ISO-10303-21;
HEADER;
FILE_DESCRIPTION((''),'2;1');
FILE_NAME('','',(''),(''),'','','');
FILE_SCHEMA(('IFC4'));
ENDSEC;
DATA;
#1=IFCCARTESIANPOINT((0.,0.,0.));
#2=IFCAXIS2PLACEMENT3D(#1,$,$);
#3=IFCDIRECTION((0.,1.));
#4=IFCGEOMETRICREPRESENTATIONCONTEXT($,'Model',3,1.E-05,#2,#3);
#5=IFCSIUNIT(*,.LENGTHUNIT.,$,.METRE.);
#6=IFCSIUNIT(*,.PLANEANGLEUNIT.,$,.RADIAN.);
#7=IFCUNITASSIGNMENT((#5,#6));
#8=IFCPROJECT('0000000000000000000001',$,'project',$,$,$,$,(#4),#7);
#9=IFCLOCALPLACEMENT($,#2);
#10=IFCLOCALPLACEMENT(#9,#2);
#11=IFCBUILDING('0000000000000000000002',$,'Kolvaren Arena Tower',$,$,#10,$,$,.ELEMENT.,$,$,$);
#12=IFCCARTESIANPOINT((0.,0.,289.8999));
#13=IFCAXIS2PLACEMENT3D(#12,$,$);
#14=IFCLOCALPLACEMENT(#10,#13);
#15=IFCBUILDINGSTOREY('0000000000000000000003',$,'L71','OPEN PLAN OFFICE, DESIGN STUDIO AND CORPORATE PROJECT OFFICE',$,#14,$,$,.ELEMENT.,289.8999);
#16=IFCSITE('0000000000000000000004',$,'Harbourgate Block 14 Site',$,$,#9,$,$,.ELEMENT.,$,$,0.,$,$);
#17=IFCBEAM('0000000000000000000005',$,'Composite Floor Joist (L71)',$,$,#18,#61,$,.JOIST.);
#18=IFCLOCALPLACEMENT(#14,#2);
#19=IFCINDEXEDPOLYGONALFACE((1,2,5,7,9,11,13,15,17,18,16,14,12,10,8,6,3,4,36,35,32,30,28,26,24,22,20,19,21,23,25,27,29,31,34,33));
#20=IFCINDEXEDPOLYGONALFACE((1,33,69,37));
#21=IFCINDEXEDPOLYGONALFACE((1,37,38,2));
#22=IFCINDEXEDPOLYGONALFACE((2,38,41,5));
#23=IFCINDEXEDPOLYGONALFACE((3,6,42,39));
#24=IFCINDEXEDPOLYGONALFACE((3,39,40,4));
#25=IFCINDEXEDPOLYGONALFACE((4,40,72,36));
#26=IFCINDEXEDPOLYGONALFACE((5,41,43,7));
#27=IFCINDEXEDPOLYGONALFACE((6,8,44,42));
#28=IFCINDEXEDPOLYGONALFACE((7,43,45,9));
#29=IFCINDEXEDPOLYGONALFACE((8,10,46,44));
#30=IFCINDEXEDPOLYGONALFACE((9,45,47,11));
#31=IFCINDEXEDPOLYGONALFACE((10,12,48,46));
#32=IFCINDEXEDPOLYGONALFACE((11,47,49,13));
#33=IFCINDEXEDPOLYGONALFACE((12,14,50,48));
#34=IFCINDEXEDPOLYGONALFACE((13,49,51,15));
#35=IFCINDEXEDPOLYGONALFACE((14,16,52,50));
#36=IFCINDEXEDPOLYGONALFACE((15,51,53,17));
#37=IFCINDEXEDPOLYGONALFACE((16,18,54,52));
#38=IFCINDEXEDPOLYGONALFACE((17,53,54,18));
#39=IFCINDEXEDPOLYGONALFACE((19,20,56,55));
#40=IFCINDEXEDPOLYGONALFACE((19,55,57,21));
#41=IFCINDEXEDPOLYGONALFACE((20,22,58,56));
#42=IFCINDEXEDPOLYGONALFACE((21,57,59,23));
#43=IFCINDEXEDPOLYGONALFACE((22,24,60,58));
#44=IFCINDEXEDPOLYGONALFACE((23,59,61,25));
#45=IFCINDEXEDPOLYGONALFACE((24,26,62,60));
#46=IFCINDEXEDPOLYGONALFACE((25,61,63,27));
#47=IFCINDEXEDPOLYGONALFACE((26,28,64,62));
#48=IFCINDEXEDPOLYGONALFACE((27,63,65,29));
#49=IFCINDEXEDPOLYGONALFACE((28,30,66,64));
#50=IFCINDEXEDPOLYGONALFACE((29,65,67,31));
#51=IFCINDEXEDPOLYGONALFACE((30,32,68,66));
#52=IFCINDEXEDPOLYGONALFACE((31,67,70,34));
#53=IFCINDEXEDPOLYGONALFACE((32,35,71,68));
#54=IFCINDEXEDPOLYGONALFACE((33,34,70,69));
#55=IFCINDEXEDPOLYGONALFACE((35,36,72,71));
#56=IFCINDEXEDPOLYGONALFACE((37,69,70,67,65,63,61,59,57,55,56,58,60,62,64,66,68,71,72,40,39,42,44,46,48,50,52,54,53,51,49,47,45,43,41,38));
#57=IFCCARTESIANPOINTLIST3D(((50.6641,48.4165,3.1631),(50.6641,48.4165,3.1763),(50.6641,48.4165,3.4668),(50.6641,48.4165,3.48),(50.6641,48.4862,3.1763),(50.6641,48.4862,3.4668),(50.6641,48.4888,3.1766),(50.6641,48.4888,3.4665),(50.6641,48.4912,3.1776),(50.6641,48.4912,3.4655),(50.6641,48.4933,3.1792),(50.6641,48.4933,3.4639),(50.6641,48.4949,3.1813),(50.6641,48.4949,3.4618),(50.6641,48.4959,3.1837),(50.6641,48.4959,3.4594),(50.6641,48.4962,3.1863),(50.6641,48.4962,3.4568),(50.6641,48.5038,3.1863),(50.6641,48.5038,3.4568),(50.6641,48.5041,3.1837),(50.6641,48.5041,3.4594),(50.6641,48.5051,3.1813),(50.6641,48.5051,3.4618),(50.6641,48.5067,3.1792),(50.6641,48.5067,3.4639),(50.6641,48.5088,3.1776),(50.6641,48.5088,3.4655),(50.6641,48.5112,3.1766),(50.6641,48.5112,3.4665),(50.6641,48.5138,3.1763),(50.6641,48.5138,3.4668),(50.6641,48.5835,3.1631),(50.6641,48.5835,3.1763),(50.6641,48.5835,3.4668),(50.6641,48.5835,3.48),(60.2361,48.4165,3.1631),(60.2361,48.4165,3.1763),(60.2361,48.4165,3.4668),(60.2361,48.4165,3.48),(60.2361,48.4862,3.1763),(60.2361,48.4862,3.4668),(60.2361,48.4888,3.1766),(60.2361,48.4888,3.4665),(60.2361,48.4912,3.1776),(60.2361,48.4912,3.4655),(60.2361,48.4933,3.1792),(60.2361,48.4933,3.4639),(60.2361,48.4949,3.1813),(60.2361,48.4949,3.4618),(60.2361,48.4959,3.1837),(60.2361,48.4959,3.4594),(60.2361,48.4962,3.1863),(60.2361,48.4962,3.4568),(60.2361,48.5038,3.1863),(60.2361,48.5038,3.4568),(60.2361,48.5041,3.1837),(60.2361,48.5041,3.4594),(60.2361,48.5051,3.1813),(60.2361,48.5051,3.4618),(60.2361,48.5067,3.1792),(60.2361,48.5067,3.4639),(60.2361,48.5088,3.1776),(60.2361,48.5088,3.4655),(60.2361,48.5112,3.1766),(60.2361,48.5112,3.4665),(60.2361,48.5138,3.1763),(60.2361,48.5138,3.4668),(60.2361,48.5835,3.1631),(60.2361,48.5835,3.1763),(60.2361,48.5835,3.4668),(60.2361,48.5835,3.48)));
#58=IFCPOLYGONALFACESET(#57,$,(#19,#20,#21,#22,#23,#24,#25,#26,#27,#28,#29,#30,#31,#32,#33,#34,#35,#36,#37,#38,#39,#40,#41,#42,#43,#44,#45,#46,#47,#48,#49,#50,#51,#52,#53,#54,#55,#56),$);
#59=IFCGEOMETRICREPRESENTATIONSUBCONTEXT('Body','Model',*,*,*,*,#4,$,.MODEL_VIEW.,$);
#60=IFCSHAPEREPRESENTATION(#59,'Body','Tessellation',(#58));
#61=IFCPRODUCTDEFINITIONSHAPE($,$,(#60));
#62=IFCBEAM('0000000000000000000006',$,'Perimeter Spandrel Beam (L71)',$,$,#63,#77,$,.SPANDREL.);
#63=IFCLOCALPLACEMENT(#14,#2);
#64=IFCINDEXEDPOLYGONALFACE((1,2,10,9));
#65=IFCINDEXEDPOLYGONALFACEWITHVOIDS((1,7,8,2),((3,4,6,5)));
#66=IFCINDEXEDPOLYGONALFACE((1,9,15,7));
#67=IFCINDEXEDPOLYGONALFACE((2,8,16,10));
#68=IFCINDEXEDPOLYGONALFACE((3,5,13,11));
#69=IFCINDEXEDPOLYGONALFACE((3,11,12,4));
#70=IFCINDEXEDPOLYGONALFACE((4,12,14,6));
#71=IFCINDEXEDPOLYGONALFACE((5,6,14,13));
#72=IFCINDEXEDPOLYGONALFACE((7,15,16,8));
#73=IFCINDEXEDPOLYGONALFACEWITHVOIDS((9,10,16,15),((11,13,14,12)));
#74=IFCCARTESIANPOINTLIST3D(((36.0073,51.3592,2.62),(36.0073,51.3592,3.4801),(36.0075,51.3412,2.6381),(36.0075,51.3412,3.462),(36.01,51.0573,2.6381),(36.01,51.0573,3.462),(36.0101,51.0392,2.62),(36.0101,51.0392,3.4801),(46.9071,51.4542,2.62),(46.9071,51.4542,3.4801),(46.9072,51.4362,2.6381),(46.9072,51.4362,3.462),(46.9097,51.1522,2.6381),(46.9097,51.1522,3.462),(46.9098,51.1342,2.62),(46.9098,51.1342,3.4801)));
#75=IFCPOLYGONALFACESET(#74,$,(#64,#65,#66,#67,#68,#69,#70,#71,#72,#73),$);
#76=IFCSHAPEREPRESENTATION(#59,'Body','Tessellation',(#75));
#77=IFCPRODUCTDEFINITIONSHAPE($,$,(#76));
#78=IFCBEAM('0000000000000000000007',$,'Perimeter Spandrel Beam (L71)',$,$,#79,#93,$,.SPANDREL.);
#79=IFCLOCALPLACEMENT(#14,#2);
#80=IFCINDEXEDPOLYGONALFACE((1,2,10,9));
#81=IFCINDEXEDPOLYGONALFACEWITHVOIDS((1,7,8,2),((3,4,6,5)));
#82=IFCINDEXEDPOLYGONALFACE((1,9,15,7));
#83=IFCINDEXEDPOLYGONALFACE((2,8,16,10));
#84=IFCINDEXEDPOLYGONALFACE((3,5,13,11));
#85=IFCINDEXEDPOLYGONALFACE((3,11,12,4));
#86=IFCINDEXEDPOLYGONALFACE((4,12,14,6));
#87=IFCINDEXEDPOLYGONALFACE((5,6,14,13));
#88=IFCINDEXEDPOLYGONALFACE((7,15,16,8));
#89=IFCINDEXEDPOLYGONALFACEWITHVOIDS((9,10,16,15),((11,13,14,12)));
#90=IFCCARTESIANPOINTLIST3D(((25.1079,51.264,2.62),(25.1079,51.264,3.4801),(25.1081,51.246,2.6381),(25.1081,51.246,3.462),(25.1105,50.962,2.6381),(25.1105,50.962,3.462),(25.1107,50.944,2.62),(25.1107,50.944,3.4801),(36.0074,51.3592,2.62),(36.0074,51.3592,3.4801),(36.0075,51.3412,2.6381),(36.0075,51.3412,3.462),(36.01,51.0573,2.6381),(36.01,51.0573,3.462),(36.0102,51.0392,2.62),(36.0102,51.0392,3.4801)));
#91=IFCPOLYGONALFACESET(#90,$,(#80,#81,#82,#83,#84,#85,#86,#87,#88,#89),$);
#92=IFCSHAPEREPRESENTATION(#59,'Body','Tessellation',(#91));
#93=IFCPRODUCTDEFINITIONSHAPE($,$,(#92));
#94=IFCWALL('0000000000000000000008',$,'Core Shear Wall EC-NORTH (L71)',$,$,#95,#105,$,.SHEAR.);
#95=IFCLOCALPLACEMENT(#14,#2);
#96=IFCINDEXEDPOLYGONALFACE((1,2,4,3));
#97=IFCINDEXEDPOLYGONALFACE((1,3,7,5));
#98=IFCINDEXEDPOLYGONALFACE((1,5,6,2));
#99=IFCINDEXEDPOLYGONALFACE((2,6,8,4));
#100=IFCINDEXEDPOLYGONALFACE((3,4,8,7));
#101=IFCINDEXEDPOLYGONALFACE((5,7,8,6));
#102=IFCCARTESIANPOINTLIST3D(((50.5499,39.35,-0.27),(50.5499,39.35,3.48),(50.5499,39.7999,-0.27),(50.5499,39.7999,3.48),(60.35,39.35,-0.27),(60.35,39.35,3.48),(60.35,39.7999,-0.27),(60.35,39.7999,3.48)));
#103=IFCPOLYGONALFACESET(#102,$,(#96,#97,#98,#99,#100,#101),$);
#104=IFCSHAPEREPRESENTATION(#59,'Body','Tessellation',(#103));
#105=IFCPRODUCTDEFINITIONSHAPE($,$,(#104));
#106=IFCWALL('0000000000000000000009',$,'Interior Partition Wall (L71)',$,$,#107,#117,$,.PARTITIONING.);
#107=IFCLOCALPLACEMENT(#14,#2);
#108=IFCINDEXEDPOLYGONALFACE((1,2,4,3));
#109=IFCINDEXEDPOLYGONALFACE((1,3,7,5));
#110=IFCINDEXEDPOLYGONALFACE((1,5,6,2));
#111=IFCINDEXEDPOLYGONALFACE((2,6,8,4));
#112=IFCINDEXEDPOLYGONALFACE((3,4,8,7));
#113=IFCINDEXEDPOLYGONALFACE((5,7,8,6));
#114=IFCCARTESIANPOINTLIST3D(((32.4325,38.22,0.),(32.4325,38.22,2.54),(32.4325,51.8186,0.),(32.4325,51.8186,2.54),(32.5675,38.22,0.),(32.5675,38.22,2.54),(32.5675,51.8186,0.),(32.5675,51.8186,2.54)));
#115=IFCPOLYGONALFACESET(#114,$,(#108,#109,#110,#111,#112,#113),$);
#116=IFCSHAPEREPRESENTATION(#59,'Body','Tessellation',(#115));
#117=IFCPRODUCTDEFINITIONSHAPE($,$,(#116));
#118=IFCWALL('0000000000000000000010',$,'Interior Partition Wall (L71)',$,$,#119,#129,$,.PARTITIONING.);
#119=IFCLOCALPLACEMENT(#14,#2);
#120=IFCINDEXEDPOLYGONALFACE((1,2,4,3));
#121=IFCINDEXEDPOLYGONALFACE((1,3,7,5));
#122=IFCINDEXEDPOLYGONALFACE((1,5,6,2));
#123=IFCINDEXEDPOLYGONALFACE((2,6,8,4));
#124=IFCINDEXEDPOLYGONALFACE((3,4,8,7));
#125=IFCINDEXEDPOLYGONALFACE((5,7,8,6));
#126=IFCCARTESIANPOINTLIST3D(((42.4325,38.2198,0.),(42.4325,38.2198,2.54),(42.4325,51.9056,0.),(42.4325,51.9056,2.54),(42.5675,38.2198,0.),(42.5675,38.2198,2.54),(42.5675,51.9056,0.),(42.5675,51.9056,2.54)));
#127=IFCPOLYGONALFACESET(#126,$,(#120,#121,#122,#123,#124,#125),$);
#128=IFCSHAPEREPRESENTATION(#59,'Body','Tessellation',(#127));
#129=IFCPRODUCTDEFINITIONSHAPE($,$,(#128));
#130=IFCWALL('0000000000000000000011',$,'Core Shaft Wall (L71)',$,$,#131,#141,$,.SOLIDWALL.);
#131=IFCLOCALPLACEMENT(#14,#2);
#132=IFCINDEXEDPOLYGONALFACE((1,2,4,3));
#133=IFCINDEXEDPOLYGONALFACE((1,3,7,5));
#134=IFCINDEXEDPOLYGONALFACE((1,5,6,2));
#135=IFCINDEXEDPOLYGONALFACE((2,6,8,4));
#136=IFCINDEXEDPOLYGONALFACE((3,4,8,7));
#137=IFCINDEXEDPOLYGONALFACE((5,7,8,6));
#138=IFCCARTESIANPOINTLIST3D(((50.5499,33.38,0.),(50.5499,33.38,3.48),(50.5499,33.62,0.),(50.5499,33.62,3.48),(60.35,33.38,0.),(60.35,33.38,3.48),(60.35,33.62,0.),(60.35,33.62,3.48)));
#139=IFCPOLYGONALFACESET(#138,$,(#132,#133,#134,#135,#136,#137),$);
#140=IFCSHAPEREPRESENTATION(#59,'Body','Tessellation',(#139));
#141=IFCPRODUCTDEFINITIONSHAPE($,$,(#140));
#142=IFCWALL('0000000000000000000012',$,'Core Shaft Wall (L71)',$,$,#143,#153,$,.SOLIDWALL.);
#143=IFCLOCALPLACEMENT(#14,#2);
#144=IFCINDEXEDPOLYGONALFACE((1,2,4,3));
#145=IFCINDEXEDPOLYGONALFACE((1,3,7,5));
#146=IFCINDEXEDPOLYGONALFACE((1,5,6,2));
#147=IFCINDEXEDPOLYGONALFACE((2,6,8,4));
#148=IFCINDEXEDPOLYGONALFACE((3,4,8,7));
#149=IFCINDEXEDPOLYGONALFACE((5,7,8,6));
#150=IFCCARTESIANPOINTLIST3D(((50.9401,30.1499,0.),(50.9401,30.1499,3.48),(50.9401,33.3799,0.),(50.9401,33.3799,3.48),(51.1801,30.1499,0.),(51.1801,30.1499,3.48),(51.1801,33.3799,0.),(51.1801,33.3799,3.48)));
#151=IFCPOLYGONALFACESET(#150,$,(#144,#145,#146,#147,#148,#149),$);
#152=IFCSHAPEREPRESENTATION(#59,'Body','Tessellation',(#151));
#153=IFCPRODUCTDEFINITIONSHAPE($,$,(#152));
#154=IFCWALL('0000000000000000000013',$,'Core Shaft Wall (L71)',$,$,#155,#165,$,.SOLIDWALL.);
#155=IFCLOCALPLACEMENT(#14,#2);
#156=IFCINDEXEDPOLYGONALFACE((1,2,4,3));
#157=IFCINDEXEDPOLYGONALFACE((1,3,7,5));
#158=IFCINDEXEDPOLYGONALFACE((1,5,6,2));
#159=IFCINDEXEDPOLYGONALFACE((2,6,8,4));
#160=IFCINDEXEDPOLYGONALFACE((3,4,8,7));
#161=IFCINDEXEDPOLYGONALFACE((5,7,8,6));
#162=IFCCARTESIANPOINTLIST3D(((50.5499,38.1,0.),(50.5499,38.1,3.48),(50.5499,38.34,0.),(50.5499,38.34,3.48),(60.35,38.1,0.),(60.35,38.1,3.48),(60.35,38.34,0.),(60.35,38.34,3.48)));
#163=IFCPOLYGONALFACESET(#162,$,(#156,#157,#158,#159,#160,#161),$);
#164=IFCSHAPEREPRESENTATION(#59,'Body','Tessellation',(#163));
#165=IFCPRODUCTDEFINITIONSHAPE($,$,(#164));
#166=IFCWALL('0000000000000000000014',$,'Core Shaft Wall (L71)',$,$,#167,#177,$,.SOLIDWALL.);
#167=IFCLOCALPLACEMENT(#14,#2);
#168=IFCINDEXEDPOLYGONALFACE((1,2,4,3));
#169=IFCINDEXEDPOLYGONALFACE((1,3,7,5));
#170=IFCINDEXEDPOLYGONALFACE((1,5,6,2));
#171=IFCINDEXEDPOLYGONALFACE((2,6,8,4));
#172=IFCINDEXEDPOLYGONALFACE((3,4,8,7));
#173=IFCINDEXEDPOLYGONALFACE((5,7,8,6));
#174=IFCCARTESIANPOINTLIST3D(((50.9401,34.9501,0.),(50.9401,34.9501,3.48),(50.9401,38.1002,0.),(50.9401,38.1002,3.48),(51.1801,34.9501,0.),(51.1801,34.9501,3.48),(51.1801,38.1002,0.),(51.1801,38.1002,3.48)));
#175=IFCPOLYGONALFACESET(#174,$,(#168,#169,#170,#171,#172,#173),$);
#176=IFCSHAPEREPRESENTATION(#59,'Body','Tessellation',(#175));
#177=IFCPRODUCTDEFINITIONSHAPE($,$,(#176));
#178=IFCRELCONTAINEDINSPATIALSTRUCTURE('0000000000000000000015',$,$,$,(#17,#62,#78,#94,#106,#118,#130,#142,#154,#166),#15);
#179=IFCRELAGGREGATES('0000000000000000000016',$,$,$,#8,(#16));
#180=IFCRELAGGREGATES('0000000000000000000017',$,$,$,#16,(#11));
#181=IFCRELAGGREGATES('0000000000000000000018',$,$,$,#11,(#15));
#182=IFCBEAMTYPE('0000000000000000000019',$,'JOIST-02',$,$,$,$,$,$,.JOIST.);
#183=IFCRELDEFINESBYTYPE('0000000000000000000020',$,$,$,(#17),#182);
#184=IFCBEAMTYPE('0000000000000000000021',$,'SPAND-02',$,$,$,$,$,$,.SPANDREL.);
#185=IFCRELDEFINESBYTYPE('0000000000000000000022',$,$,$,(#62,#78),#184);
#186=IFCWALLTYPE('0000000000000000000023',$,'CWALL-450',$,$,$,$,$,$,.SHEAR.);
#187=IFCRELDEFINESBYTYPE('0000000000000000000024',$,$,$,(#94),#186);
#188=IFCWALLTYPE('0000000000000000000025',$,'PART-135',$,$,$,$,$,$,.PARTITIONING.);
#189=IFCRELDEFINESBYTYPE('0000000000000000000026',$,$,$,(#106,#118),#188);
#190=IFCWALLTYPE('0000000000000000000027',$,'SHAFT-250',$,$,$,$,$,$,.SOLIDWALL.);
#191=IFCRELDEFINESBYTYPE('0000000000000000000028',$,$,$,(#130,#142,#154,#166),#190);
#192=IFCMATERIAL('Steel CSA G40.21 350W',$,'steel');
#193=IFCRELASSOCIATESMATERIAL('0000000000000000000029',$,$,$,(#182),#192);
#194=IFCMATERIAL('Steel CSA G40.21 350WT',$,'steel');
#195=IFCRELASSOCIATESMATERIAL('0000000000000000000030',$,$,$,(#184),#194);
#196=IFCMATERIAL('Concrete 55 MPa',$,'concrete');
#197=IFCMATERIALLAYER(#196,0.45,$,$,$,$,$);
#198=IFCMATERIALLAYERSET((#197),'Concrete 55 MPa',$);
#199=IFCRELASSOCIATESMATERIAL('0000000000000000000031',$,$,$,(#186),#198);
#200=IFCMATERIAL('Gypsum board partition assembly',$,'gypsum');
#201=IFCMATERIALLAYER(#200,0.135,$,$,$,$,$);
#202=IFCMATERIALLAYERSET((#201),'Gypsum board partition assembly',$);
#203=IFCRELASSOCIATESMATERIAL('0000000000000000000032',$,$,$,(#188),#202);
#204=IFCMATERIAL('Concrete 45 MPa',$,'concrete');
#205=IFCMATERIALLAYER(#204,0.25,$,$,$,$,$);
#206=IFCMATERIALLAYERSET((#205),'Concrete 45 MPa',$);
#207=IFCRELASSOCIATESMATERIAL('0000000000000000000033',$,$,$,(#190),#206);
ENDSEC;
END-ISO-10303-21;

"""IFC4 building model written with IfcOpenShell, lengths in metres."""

from ifc_helpers import new_model, si_unit, direction, frame, frame_2d, origin, origin_2d, place, context, subcontext, project, spatial, rectangle, hollow_rectangle, i_section, extrude, material, layer, layer_set, material_profile, profile_set, type_object, element, save


model = new_model("IFC4")

# Units and contexts
model_context = context("Model", 3, precision=1e-05, world=origin(), true_north=direction((0.0, 1.0)))
body_context = subcontext(model_context, "Body", "Model", "MODEL_VIEW")
ifc_project = project(units=[si_unit("LENGTHUNIT", "METRE"), si_unit("PLANEANGLEUNIT", "RADIAN")], contexts=[model_context])

# Site, building, storey
site_placement = place(None, origin())
site = spatial("IfcSite", under=ifc_project, at=site_placement, Name="Harbourgate Block 14 Site", CompositionType="ELEMENT", RefElevation=0.0)
building_placement = place(site_placement, origin())
building = spatial("IfcBuilding", under=site, at=building_placement, Name="Kolvaren Arena Tower", CompositionType="ELEMENT")
storey_placement = place(building_placement, frame((0.0, 0.0, 289.8999)))
storey = spatial("IfcBuildingStorey", under=building, at=storey_placement, Name="L71", Description="OPEN PLAN OFFICE, DESIGN STUDIO AND CORPORATE PROJECT OFFICE", CompositionType="ELEMENT", Elevation=289.8999)

# Beams
ifc_material_1 = material(Name="Steel CSA G40.21 350W", Category="steel")
ifc_material_profile_1 = material_profile(ifc_material_1, i_section(OverallWidth=0.167, OverallDepth=0.3169, WebThickness=0.0076, FlangeThickness=0.0132, FilletRadius=0.01, at=origin_2d()), Name="W310x52")
ifc_profile_set_1 = profile_set([ifc_material_profile_1], Name="Steel CSA G40.21 350W")
beam_type_1 = type_object("IfcBeamType", Name="JOIST-02", PredefinedType="JOIST", material=ifc_profile_set_1)
beam_1_placement = place(storey_placement, frame((50.6641, 48.5, 3.3215), z_axis=(1.0, 0.0, 0.0), x_axis=(0.0, 1.0, 0.0)))
element("IfcBeam", 1, at=beam_1_placement, inside=storey, type_object=beam_type_1, Name="Composite Floor Joist (L71)", PredefinedType="JOIST", context=body_context, shape_type="SweptSolid", body=[
    extrude(i_section(OverallWidth=0.167, OverallDepth=0.3169, WebThickness=0.0076, FlangeThickness=0.0132, FilletRadius=0.01, at=origin_2d()), origin(), (0.0, 0.0, 1.0), 9.572),
])
ifc_material_2 = material(Name="Steel CSA G40.21 350WT", Category="steel")
ifc_material_profile_2 = material_profile(ifc_material_2, hollow_rectangle(XDim=0.3201, YDim=0.8601, WallThickness=0.0181, at=origin_2d()), Name="HSS 860x320x18")
ifc_profile_set_2 = profile_set([ifc_material_profile_2], Name="Steel CSA G40.21 350WT")
beam_type_2 = type_object("IfcBeamType", Name="SPAND-02", PredefinedType="SPANDREL", material=ifc_profile_set_2)
beam_2_placement = place(storey_placement, frame((46.9084, 51.2942, 3.05), z_axis=(-0.999962, -0.008713, 0.0), x_axis=(0.008713, -0.999962, 0.0)))
element("IfcBeam", 2, at=beam_2_placement, inside=storey, type_object=beam_type_2, Name="Perimeter Spandrel Beam (L71)", PredefinedType="SPANDREL", context=body_context, shape_type="SweptSolid", body=[
    extrude(hollow_rectangle(XDim=0.3201, YDim=0.8601, WallThickness=0.0181, at=origin_2d()), origin(), (0.0, 0.0, 1.0), 10.9001),
])
beam_3_placement = place(storey_placement, frame((36.0088, 51.1992, 3.05), z_axis=(-0.999962, -0.008735, 0.0), x_axis=(0.008735, -0.999962, 0.0)))
element("IfcBeam", 3, at=beam_3_placement, inside=storey, type_object=beam_type_2, Name="Perimeter Spandrel Beam (L71)", PredefinedType="SPANDREL", context=body_context, shape_type="SweptSolid", body=[
    extrude(hollow_rectangle(XDim=0.3201, YDim=0.8601, WallThickness=0.0181, at=origin_2d()), origin(), (0.0, 0.0, 1.0), 10.8999),
])

# Walls
ifc_material_3 = material(Name="Concrete 55 MPa", Category="concrete")
ifc_layer_1 = layer(ifc_material_3, 0.45)
ifc_layer_set_1 = layer_set([ifc_layer_1], Name="Concrete 55 MPa")
wall_type_1 = type_object("IfcWallType", Name="CWALL-450", PredefinedType="SHEAR", material=ifc_layer_set_1)
wall_1_placement = place(storey_placement, frame((50.55, 39.575, -0.27), z_axis=(0.0, 0.0, 1.0), x_axis=(1.0, 0.0, 0.0)))
element("IfcWall", 4, at=wall_1_placement, inside=storey, type_object=wall_type_1, Name="Core Shear Wall EC-NORTH (L71)", PredefinedType="SHEAR", context=body_context, shape_type="SweptSolid", body=[
    extrude(rectangle(XDim=9.8, YDim=0.45, at=frame_2d((4.8999, 0.0))), origin(), (0.0, 0.0, 1.0), 3.75),
])
ifc_material_4 = material(Name="Gypsum board partition assembly", Category="gypsum")
ifc_layer_2 = layer(ifc_material_4, 0.135)
ifc_layer_set_2 = layer_set([ifc_layer_2], Name="Gypsum board partition assembly")
wall_type_2 = type_object("IfcWallType", Name="PART-135", PredefinedType="PARTITIONING", material=ifc_layer_set_2)
wall_2_placement = place(storey_placement, frame((32.5, 38.22, 0.0), z_axis=(0.0, 0.0, 1.0), x_axis=(0.0, 1.0, 0.0)))
element("IfcWall", 5, at=wall_2_placement, inside=storey, type_object=wall_type_2, Name="Interior Partition Wall (L71)", PredefinedType="PARTITIONING", context=body_context, shape_type="SweptSolid", body=[
    extrude(rectangle(XDim=13.5986, YDim=0.135, at=frame_2d((6.7993, 0.0))), origin(), (0.0, 0.0, 1.0), 2.54),
])
wall_3_placement = place(storey_placement, frame((42.5, 38.22, 0.0), z_axis=(0.0, 0.0, 1.0), x_axis=(0.0, 1.0, 0.0)))
element("IfcWall", 6, at=wall_3_placement, inside=storey, type_object=wall_type_2, Name="Interior Partition Wall (L71)", PredefinedType="PARTITIONING", context=body_context, shape_type="SweptSolid", body=[
    extrude(rectangle(XDim=13.6858, YDim=0.135, at=frame_2d((6.8428, 0.0))), origin(), (0.0, 0.0, 1.0), 2.54),
])
ifc_material_5 = material(Name="Concrete 45 MPa", Category="concrete")
ifc_layer_3 = layer(ifc_material_5, 0.25)
ifc_layer_set_3 = layer_set([ifc_layer_3], Name="Concrete 45 MPa")
wall_type_3 = type_object("IfcWallType", Name="SHAFT-250", PredefinedType="SOLIDWALL", material=ifc_layer_set_3)
wall_4_placement = place(storey_placement, frame((50.55, 33.5, 0.0), z_axis=(0.0, 0.0, 1.0), x_axis=(1.0, 0.0, 0.0)))
element("IfcWall", 7, at=wall_4_placement, inside=storey, type_object=wall_type_3, Name="Core Shaft Wall (L71)", PredefinedType="SOLIDWALL", context=body_context, shape_type="SweptSolid", body=[
    extrude(rectangle(XDim=9.8, YDim=0.24, at=frame_2d((4.8999, 0.0))), origin(), (0.0, 0.0, 1.0), 3.48),
])
wall_5_placement = place(storey_placement, frame((51.0601, 30.1499, 0.0), z_axis=(0.0, 0.0, 1.0), x_axis=(0.0, 1.0, 0.0)))
element("IfcWall", 8, at=wall_5_placement, inside=storey, type_object=wall_type_3, Name="Core Shaft Wall (L71)", PredefinedType="SOLIDWALL", context=body_context, shape_type="SweptSolid", body=[
    extrude(rectangle(XDim=3.23, YDim=0.24, at=frame_2d((1.615, 0.0))), origin(), (0.0, 0.0, 1.0), 3.48),
])
wall_6_placement = place(storey_placement, frame((50.55, 38.22, 0.0), z_axis=(0.0, 0.0, 1.0), x_axis=(1.0, 0.0, 0.0)))
element("IfcWall", 9, at=wall_6_placement, inside=storey, type_object=wall_type_3, Name="Core Shaft Wall (L71)", PredefinedType="SOLIDWALL", context=body_context, shape_type="SweptSolid", body=[
    extrude(rectangle(XDim=9.8, YDim=0.24, at=frame_2d((4.8999, 0.0))), origin(), (0.0, 0.0, 1.0), 3.48),
])
wall_7_placement = place(storey_placement, frame((51.0601, 34.95, 0.0), z_axis=(0.0, 0.0, 1.0), x_axis=(0.0, 1.0, 0.0)))
element("IfcWall", 10, at=wall_7_placement, inside=storey, type_object=wall_type_3, Name="Core Shaft Wall (L71)", PredefinedType="SOLIDWALL", context=body_context, shape_type="SweptSolid", body=[
    extrude(rectangle(XDim=3.1501, YDim=0.24, at=frame_2d((1.5752, 0.0))), origin(), (0.0, 0.0, 1.0), 3.48),
])

save(model, "model.ifc")
